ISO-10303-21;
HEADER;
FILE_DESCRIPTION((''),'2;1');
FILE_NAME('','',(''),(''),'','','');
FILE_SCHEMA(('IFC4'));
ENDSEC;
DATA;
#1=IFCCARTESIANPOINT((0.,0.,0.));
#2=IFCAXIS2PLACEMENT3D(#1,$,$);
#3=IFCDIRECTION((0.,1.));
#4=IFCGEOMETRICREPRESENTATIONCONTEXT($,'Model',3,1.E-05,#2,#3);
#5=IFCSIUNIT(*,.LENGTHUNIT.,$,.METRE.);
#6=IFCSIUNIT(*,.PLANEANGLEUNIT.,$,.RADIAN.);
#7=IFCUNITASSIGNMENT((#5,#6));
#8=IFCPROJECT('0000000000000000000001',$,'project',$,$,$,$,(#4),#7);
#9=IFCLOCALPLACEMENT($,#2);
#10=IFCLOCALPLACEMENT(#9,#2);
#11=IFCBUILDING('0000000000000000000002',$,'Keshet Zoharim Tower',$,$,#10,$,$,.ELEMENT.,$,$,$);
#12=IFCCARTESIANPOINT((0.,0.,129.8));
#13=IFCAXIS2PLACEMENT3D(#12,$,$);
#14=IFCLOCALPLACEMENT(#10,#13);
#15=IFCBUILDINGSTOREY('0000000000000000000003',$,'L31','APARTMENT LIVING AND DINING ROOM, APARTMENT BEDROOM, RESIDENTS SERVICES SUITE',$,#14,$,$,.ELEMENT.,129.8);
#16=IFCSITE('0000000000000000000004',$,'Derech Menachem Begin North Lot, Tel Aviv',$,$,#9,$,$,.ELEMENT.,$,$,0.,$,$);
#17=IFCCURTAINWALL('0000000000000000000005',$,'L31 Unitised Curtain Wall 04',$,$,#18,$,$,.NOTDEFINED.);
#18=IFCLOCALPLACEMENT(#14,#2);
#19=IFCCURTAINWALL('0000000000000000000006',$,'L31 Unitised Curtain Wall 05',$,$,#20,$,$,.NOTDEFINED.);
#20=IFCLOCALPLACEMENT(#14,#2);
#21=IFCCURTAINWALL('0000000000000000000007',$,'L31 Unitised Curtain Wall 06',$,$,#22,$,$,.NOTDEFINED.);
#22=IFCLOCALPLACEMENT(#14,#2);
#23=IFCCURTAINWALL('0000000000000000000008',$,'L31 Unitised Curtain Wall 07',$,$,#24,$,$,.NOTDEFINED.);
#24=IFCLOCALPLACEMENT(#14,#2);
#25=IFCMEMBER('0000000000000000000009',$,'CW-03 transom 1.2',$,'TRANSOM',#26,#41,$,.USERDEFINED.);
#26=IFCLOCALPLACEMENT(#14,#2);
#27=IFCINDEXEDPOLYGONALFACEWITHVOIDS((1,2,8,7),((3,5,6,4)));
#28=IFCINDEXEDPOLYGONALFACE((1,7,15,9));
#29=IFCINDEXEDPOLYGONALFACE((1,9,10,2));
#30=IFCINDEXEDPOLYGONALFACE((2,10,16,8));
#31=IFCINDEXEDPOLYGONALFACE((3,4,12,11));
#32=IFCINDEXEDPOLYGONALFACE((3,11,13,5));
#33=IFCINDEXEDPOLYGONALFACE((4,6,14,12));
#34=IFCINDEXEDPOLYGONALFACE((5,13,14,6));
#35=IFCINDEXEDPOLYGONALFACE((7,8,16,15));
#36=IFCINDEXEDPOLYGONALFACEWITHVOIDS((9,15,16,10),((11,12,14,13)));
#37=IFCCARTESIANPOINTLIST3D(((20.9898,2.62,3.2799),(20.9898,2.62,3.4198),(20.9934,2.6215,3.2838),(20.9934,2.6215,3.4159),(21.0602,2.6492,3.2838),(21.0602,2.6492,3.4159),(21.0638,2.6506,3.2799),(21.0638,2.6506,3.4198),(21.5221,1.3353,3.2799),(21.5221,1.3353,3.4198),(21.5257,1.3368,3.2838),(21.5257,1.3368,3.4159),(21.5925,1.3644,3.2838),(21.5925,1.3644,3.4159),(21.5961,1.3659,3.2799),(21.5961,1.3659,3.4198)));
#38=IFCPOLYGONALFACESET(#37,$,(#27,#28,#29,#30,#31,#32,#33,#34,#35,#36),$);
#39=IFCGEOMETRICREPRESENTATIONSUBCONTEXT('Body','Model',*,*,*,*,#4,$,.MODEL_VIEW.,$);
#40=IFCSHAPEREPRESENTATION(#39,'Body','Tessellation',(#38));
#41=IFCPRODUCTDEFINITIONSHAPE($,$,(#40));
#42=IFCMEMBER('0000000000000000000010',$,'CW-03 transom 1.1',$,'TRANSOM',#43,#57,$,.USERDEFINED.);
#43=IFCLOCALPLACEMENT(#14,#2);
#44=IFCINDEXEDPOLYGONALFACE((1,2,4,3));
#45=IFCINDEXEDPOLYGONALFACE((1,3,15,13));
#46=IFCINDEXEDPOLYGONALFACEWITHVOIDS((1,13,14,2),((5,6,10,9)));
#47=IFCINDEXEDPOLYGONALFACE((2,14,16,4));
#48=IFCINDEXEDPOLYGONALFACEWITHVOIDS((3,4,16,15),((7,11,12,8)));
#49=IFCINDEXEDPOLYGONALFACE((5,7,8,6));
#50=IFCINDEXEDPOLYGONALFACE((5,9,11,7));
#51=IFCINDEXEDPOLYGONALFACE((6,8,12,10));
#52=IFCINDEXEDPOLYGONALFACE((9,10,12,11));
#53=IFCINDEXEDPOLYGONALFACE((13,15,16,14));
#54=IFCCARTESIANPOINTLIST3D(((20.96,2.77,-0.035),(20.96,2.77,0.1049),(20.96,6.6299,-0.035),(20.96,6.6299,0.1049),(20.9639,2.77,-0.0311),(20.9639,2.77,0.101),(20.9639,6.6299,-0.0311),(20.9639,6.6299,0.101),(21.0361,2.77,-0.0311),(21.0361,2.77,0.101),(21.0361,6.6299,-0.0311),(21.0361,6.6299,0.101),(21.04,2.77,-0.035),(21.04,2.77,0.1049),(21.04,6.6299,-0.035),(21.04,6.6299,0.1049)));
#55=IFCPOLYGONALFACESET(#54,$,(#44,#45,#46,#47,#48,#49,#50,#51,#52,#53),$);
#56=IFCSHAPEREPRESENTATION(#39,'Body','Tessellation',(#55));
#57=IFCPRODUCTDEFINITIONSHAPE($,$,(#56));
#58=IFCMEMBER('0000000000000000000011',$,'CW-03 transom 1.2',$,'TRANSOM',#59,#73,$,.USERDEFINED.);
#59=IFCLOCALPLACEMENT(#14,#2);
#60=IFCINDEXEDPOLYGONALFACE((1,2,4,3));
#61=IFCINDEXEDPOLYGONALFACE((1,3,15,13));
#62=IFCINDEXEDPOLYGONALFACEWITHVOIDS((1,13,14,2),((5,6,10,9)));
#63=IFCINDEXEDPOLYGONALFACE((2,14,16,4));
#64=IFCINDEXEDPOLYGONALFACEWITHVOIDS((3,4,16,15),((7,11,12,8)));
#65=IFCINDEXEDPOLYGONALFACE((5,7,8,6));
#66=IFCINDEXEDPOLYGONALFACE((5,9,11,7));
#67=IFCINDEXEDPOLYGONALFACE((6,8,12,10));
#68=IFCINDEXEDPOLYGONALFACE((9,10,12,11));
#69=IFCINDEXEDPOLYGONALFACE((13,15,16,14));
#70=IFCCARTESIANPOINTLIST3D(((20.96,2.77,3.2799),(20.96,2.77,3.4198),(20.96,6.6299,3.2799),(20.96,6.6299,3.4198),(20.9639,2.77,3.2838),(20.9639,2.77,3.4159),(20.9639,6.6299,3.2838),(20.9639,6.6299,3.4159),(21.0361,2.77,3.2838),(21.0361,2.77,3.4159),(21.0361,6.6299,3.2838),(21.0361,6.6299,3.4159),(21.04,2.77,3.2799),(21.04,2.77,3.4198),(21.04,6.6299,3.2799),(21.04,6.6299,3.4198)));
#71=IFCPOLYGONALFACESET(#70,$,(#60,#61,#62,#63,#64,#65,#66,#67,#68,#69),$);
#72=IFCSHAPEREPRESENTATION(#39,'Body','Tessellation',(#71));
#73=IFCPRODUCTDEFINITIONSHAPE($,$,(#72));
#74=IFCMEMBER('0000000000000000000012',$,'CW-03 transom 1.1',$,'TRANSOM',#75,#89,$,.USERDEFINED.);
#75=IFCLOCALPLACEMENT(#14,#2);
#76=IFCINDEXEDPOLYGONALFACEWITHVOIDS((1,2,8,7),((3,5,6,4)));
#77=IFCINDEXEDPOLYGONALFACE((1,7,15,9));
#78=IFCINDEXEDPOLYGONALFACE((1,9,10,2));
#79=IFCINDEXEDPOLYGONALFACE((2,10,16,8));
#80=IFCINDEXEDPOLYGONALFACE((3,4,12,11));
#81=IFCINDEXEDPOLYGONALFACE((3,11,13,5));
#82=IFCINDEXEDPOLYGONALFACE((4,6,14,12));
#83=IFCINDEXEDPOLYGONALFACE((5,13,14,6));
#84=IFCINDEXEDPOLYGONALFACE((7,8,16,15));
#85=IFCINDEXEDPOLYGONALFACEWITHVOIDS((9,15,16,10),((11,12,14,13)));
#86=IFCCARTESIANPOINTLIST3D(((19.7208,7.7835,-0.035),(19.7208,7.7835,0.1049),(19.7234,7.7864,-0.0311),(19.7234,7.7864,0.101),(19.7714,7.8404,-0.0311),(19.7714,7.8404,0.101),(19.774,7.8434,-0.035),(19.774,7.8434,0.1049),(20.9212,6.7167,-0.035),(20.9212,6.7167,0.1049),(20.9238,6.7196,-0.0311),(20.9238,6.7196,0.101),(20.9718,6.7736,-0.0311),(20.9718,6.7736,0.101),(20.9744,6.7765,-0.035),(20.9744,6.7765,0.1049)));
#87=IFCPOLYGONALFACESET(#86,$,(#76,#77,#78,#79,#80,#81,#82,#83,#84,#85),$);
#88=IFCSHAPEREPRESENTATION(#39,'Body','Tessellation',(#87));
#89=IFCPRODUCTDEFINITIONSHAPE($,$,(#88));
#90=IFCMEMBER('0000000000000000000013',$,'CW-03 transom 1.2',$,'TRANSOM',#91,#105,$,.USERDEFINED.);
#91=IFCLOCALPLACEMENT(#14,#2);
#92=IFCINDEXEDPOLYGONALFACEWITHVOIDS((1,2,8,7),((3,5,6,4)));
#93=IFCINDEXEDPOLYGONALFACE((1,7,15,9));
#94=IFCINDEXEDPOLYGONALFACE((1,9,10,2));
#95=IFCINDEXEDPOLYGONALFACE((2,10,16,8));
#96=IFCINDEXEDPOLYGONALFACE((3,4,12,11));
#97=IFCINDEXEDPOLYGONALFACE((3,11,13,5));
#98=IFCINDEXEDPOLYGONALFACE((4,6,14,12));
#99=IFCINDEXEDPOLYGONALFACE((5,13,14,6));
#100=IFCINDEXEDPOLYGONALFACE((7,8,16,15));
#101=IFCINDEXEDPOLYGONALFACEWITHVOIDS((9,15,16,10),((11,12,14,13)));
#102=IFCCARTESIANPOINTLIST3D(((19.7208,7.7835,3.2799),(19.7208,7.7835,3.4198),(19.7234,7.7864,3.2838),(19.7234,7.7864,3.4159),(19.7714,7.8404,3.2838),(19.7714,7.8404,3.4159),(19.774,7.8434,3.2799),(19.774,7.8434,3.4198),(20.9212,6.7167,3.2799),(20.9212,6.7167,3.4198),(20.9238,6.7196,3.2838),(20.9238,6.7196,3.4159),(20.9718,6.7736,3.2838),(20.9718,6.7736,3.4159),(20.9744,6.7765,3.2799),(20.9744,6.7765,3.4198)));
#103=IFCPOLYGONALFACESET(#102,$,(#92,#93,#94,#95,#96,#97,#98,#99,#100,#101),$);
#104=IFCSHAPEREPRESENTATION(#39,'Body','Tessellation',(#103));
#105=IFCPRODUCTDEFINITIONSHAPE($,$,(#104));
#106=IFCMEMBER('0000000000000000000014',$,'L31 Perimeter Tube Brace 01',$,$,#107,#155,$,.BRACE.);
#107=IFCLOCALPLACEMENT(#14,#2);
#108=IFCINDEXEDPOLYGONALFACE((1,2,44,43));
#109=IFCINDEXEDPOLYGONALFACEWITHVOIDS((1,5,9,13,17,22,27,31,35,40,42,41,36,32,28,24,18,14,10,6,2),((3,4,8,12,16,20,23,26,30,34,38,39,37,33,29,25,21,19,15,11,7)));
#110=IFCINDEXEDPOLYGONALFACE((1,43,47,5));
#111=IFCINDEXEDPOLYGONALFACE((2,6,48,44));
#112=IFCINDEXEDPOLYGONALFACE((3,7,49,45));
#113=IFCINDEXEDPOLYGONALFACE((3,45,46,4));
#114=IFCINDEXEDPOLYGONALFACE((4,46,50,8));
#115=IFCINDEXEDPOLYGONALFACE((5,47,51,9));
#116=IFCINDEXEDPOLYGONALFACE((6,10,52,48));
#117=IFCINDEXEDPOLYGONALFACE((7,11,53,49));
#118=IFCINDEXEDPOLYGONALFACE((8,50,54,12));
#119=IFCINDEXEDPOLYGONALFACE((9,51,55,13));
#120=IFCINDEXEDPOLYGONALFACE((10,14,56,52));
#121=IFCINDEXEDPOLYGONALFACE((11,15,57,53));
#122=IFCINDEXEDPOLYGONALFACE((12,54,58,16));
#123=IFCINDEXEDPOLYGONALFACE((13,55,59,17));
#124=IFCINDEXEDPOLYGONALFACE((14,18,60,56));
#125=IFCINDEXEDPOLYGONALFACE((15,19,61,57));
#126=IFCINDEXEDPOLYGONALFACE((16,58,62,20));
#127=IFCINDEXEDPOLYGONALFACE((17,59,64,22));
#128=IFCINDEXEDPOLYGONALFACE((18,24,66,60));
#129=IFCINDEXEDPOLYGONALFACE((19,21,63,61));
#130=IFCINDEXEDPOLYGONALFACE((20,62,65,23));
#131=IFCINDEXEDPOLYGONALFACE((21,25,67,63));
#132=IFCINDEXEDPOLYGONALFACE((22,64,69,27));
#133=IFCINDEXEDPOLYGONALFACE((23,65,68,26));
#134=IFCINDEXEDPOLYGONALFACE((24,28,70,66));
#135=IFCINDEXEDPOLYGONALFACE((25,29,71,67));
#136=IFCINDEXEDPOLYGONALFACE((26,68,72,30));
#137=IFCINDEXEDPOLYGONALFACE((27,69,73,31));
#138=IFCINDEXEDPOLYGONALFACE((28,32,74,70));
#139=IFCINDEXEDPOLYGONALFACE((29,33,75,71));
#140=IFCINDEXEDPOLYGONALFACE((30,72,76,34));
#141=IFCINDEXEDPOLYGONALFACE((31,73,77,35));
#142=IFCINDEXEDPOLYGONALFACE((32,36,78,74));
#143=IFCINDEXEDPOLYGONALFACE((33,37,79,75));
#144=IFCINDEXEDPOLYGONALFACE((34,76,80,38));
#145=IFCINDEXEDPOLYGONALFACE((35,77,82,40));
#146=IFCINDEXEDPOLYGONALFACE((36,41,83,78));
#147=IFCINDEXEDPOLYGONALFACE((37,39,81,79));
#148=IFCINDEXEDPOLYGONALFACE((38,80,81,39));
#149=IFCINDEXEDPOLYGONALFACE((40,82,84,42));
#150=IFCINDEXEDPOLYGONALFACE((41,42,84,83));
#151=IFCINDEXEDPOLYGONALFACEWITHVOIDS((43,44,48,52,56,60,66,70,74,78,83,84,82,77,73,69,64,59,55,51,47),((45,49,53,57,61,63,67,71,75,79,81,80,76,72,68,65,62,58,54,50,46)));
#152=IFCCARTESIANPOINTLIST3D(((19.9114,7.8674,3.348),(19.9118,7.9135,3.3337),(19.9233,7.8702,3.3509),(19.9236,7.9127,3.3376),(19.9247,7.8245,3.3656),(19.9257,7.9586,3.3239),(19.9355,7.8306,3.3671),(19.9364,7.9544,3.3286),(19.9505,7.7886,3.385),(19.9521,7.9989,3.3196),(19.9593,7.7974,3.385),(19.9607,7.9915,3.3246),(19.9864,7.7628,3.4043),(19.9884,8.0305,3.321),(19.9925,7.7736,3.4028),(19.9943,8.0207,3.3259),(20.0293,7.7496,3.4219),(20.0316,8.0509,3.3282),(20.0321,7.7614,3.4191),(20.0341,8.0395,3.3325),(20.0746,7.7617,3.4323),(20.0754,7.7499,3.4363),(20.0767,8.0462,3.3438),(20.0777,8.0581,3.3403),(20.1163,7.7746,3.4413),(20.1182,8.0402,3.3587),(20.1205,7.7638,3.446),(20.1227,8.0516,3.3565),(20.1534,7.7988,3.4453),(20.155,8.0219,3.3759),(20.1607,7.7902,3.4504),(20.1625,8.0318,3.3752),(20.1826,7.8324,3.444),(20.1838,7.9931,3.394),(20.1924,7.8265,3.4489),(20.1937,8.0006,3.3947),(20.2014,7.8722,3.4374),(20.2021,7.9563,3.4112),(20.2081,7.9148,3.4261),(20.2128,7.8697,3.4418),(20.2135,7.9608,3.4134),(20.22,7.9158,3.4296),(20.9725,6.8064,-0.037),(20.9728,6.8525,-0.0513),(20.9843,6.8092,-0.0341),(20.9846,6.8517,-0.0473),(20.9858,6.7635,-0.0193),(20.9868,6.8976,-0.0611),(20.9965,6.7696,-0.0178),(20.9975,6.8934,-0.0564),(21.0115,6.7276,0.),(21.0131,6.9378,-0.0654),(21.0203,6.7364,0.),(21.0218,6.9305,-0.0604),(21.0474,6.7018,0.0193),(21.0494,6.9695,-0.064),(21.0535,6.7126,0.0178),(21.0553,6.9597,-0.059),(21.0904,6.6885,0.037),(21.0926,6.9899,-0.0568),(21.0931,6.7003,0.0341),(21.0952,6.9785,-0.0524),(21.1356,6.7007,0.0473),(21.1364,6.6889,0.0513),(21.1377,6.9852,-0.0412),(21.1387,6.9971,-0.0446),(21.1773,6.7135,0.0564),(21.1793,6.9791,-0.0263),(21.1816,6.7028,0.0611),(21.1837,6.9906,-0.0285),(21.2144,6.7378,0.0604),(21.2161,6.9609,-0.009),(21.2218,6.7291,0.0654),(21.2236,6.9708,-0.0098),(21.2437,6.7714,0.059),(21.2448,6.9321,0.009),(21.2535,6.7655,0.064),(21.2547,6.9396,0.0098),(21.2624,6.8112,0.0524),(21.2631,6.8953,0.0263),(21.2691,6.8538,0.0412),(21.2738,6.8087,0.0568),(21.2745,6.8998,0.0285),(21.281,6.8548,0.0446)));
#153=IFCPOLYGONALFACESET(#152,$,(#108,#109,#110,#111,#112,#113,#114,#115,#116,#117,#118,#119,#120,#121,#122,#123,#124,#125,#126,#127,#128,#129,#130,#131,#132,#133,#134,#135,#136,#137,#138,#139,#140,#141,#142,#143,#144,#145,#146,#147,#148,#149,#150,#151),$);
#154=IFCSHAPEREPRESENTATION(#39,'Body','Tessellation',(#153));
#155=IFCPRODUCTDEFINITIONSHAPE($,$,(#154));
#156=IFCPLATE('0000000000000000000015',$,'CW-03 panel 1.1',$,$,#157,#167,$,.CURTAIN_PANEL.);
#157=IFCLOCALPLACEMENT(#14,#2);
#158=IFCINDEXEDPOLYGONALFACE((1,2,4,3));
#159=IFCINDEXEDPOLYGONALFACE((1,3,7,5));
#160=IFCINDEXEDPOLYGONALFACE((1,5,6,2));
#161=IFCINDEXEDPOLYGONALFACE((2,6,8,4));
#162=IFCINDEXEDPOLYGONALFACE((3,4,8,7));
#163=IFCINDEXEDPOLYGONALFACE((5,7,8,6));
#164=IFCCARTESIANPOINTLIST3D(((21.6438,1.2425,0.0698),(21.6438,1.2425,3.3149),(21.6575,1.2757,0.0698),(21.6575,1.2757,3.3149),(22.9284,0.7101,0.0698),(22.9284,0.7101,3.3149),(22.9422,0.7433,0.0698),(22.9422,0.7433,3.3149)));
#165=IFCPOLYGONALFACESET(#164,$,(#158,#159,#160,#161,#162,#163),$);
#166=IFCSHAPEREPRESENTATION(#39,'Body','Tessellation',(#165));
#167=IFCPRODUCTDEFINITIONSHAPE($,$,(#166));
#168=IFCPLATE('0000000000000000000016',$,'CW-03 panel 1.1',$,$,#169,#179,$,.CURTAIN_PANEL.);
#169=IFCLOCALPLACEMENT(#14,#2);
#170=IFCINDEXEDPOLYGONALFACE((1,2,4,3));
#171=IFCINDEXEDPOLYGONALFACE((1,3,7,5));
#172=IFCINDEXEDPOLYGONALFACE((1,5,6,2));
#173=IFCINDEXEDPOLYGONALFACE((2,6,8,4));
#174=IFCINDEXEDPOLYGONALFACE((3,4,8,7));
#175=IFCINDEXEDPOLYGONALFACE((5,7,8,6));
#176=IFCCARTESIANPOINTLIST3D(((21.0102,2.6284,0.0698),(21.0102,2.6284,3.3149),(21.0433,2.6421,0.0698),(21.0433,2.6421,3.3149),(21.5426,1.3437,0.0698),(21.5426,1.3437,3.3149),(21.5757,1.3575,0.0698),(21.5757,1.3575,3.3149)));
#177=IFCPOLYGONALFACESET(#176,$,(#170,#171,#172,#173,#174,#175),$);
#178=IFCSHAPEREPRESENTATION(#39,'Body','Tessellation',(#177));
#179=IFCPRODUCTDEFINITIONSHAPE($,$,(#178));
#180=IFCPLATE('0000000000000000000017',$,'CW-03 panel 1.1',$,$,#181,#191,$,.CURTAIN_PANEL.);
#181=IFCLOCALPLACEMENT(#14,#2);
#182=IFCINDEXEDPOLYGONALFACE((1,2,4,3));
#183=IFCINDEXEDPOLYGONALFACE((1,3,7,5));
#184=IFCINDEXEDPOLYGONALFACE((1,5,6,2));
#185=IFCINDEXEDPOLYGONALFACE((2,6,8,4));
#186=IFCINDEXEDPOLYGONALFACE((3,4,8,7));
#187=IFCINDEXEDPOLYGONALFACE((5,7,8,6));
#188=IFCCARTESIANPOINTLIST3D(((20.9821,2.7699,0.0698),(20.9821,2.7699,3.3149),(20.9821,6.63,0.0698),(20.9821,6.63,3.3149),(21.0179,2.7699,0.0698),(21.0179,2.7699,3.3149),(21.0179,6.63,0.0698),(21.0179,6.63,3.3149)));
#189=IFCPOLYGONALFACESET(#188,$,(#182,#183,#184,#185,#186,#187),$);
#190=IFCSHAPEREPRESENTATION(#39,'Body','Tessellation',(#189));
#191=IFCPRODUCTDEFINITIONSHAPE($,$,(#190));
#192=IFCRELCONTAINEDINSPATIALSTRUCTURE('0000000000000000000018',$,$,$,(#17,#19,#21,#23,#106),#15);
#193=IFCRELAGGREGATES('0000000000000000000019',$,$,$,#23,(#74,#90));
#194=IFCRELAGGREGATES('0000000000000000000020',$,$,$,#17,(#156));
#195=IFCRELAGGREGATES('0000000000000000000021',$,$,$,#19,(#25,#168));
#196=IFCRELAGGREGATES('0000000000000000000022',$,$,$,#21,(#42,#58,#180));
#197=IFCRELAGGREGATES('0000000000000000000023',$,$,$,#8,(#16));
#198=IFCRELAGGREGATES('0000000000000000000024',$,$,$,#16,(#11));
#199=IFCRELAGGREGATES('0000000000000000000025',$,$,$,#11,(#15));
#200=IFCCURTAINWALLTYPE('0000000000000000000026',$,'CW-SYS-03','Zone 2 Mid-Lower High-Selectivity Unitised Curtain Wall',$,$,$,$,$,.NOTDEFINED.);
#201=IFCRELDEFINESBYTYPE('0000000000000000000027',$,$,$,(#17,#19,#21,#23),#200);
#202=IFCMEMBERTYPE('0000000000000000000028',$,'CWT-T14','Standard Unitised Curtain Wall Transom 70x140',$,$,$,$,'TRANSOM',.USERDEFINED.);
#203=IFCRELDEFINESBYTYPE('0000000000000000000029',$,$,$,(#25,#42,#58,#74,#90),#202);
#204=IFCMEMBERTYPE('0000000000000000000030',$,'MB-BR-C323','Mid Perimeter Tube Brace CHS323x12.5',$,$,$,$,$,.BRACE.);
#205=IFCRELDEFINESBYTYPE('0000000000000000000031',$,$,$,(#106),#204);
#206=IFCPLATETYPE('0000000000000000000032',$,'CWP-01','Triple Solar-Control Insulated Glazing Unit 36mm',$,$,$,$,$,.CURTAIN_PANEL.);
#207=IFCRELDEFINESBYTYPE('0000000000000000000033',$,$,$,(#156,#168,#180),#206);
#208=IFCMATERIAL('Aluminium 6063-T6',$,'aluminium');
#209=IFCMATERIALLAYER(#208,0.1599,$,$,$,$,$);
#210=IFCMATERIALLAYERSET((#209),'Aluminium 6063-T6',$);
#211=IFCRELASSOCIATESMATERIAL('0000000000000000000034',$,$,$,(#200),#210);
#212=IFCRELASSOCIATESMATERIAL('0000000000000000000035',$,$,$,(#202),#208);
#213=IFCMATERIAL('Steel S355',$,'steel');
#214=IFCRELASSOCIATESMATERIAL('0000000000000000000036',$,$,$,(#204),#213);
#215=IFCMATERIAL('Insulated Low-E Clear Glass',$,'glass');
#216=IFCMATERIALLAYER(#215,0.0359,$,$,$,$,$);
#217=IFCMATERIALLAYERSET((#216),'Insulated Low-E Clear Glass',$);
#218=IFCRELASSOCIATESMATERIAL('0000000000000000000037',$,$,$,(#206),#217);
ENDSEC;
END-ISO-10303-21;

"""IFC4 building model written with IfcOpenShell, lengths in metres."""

from ifc_helpers import new_model, si_unit, direction, frame, origin, origin_2d, place, context, subcontext, project, spatial, rectangle, hollow_rectangle, hollow_circle, extrude, material, layer, layer_set, material_profile, profile_set, type_object, element, aggregate, save


model = new_model("IFC4")

# Units and contexts
model_context = context("Model", 3, precision=1e-05, world=origin(), true_north=direction((0.0, 1.0)))
body_context = subcontext(model_context, "Body", "Model", "MODEL_VIEW")
ifc_project = project(units=[si_unit("LENGTHUNIT", "METRE"), si_unit("PLANEANGLEUNIT", "RADIAN")], contexts=[model_context])

# Site, building, storey
site_placement = place(None, origin())
site = spatial("IfcSite", under=ifc_project, at=site_placement, Name="Derech Menachem Begin North Lot, Tel Aviv", CompositionType="ELEMENT", RefElevation=0.0)
building_placement = place(site_placement, origin())
building = spatial("IfcBuilding", under=site, at=building_placement, Name="Keshet Zoharim Tower", CompositionType="ELEMENT")
storey_placement = place(building_placement, frame((0.0, 0.0, 129.8)))
storey = spatial("IfcBuildingStorey", under=building, at=storey_placement, Name="L31", Description="APARTMENT LIVING AND DINING ROOM, APARTMENT BEDROOM, RESIDENTS SERVICES SUITE", CompositionType="ELEMENT", Elevation=129.8)

# Shared definitions
ifc_material_1 = material(Name="Steel S355", Category="steel")

# Shared definitions
ifc_material_2 = material(Name="Aluminium 6063-T6", Category="aluminium")
ifc_layer_1 = layer(ifc_material_2, 0.1599)
ifc_layer_set_1 = layer_set([ifc_layer_1], Name="Aluminium 6063-T6")
curtain_wall_type = type_object("IfcCurtainWallType", Name="CW-SYS-03", Description="Zone 2 Mid-Lower High-Selectivity Unitised Curtain Wall", PredefinedType="NOTDEFINED", material=ifc_layer_set_1)

# Curtain walls
curtain_wall_1_placement = place(storey_placement, origin())
curtain_wall_1 = element("IfcCurtainWall", 1, at=curtain_wall_1_placement, inside=storey, type_object=curtain_wall_type, Name="L31 Unitised Curtain Wall 04", PredefinedType="NOTDEFINED")
curtain_wall_2_placement = place(storey_placement, origin())
curtain_wall_2 = element("IfcCurtainWall", 2, at=curtain_wall_2_placement, inside=storey, type_object=curtain_wall_type, Name="L31 Unitised Curtain Wall 05", PredefinedType="NOTDEFINED")
curtain_wall_3_placement = place(storey_placement, origin())
curtain_wall_3 = element("IfcCurtainWall", 3, at=curtain_wall_3_placement, inside=storey, type_object=curtain_wall_type, Name="L31 Unitised Curtain Wall 06", PredefinedType="NOTDEFINED")

# Curtain wall
curtain_wall_4_placement = place(storey_placement, origin())
curtain_wall_4 = element("IfcCurtainWall", 4, at=curtain_wall_4_placement, inside=storey, type_object=curtain_wall_type, Name="L31 Unitised Curtain Wall 07", PredefinedType="NOTDEFINED")

# Members
ifc_material_profile_1 = material_profile(ifc_material_2, hollow_rectangle(XDim=0.0801, YDim=0.1399, WallThickness=0.0039, at=origin_2d()), Name="TRN-80x140")
ifc_profile_set_1 = profile_set([ifc_material_profile_1], Name="Aluminium 6063-T6")
member_type_1 = type_object("IfcMemberType", Name="CWT-T14", Description="Standard Unitised Curtain Wall Transom 70x140", ElementType="TRANSOM", PredefinedType="USERDEFINED", material=ifc_profile_set_1)
member_1_placement = place(storey_placement, frame((21.5591, 1.3506, 3.3499), z_axis=(-0.382745, 0.923854, 0.0), x_axis=(-0.923854, -0.382745, 0.0)))
member_1 = element("IfcMember", 5, at=member_1_placement, type_object=member_type_1, Name="CW-03 transom 1.2", ObjectType="TRANSOM", PredefinedType="USERDEFINED", context=body_context, shape_type="SweptSolid", body=[
    extrude(hollow_rectangle(XDim=0.0801, YDim=0.1399, WallThickness=0.0039, at=origin_2d()), origin(), (0.0, 0.0, 1.0), 1.3906),
])
member_2_placement = place(storey_placement, frame((21.0, 2.77, 0.0349), z_axis=(0.0, 1.0, 0.0), x_axis=(-1.0, 0.0, 0.0)))
member_2 = element("IfcMember", 6, at=member_2_placement, type_object=member_type_1, Name="CW-03 transom 1.1", ObjectType="TRANSOM", PredefinedType="USERDEFINED", context=body_context, shape_type="SweptSolid", body=[
    extrude(hollow_rectangle(XDim=0.0801, YDim=0.1399, WallThickness=0.0039, at=origin_2d()), origin(), (0.0, 0.0, 1.0), 3.8599),
])
member_3_placement = place(storey_placement, frame((21.0, 2.77, 3.3499), z_axis=(0.0, 1.0, 0.0), x_axis=(-1.0, 0.0, 0.0)))
member_3 = element("IfcMember", 7, at=member_3_placement, type_object=member_type_1, Name="CW-03 transom 1.2", ObjectType="TRANSOM", PredefinedType="USERDEFINED", context=body_context, shape_type="SweptSolid", body=[
    extrude(hollow_rectangle(XDim=0.0801, YDim=0.1399, WallThickness=0.0039, at=origin_2d()), origin(), (0.0, 0.0, 1.0), 3.8599),
])
member_4_placement = place(storey_placement, frame((20.9478, 6.7466, 0.0349), z_axis=(-0.74746, 0.664307, 0.0), x_axis=(-0.664307, -0.74746, 0.0)))
member_4 = element("IfcMember", 8, at=member_4_placement, type_object=member_type_1, Name="CW-03 transom 1.1", ObjectType="TRANSOM", PredefinedType="USERDEFINED", context=body_context, shape_type="SweptSolid", body=[
    extrude(hollow_rectangle(XDim=0.0801, YDim=0.1399, WallThickness=0.0039, at=origin_2d()), origin(), (0.0, 0.0, 1.0), 1.606),
])
member_5_placement = place(storey_placement, frame((20.9478, 6.7466, 3.3499), z_axis=(-0.74746, 0.664307, 0.0), x_axis=(-0.664307, -0.74746, 0.0)))
member_5 = element("IfcMember", 9, at=member_5_placement, type_object=member_type_1, Name="CW-03 transom 1.2", ObjectType="TRANSOM", PredefinedType="USERDEFINED", context=body_context, shape_type="SweptSolid", body=[
    extrude(hollow_rectangle(XDim=0.0801, YDim=0.1399, WallThickness=0.0039, at=origin_2d()), origin(), (0.0, 0.0, 1.0), 1.606),
])
aggregate(curtain_wall_4, [member_4, member_5])
ifc_material_profile_2 = material_profile(ifc_material_1, hollow_circle(Radius=0.1619, WallThickness=0.0125, at=origin_2d()), Name="CHS323x12.5")
ifc_profile_set_2 = profile_set([ifc_material_profile_2], Name="Steel S355")
member_type_2 = type_object("IfcMemberType", Name="MB-BR-C323", Description="Mid Perimeter Tube Brace CHS323x12.5", PredefinedType="BRACE", material=ifc_profile_set_2)
member_6_placement = place(storey_placement, frame((21.126, 6.842, 0.0), z_axis=(-0.286558, 0.286558, 0.914204), x_axis=(-0.707107, -0.707107, 0.0)))
element("IfcMember", 10, at=member_6_placement, inside=storey, type_object=member_type_2, Name="L31 Perimeter Tube Brace 01", PredefinedType="BRACE", context=body_context, shape_type="SweptSolid", body=[
    extrude(hollow_circle(Radius=0.1619, WallThickness=0.0125, at=origin_2d()), origin(), (0.0, 0.0, 1.0), 3.7026),
])

# Plates
ifc_material_3 = material(Name="Insulated Low-E Clear Glass", Category="glass")
ifc_layer_2 = layer(ifc_material_3, 0.0359)
ifc_layer_set_2 = layer_set([ifc_layer_2], Name="Insulated Low-E Clear Glass")
plate_type = type_object("IfcPlateType", Name="CWP-01", Description="Triple Solar-Control Insulated Glazing Unit 36mm", PredefinedType="CURTAIN_PANEL", material=ifc_layer_set_2)
plate_1_placement = place(storey_placement, frame((22.293, 0.9929, 0.0698), z_axis=(0.0, 0.0, 1.0), x_axis=(-0.92381, 0.382852, 0.0)))
plate_1 = element("IfcPlate", 11, at=plate_1_placement, type_object=plate_type, Name="CW-03 panel 1.1", PredefinedType="CURTAIN_PANEL", context=body_context, shape_type="SweptSolid", body=[
    extrude(rectangle(XDim=1.3906, YDim=0.0359, at=origin_2d()), origin(), (0.0, 0.0, 1.0), 3.2451),
])
aggregate(curtain_wall_1, [plate_1])
plate_2_placement = place(storey_placement, frame((21.293, 1.9929, 0.0698), z_axis=(0.0, 0.0, 1.0), x_axis=(-0.382852, 0.92381, 0.0)))
plate_2 = element("IfcPlate", 12, at=plate_2_placement, type_object=plate_type, Name="CW-03 panel 1.1", PredefinedType="CURTAIN_PANEL", context=body_context, shape_type="SweptSolid", body=[
    extrude(rectangle(XDim=1.3906, YDim=0.0359, at=origin_2d()), origin(), (0.0, 0.0, 1.0), 3.2451),
])
aggregate(curtain_wall_2, [member_1, plate_2])
plate_3_placement = place(storey_placement, frame((21.0, 4.7, 0.0698), z_axis=(0.0, 0.0, 1.0), x_axis=(0.0, 1.0, 0.0)))
plate_3 = element("IfcPlate", 13, at=plate_3_placement, type_object=plate_type, Name="CW-03 panel 1.1", PredefinedType="CURTAIN_PANEL", context=body_context, shape_type="SweptSolid", body=[
    extrude(rectangle(XDim=3.8601, YDim=0.0359, at=origin_2d()), origin(), (0.0, 0.0, 1.0), 3.2451),
])
aggregate(curtain_wall_3, [member_2, member_3, plate_3])

save(model, "model.ifc")
